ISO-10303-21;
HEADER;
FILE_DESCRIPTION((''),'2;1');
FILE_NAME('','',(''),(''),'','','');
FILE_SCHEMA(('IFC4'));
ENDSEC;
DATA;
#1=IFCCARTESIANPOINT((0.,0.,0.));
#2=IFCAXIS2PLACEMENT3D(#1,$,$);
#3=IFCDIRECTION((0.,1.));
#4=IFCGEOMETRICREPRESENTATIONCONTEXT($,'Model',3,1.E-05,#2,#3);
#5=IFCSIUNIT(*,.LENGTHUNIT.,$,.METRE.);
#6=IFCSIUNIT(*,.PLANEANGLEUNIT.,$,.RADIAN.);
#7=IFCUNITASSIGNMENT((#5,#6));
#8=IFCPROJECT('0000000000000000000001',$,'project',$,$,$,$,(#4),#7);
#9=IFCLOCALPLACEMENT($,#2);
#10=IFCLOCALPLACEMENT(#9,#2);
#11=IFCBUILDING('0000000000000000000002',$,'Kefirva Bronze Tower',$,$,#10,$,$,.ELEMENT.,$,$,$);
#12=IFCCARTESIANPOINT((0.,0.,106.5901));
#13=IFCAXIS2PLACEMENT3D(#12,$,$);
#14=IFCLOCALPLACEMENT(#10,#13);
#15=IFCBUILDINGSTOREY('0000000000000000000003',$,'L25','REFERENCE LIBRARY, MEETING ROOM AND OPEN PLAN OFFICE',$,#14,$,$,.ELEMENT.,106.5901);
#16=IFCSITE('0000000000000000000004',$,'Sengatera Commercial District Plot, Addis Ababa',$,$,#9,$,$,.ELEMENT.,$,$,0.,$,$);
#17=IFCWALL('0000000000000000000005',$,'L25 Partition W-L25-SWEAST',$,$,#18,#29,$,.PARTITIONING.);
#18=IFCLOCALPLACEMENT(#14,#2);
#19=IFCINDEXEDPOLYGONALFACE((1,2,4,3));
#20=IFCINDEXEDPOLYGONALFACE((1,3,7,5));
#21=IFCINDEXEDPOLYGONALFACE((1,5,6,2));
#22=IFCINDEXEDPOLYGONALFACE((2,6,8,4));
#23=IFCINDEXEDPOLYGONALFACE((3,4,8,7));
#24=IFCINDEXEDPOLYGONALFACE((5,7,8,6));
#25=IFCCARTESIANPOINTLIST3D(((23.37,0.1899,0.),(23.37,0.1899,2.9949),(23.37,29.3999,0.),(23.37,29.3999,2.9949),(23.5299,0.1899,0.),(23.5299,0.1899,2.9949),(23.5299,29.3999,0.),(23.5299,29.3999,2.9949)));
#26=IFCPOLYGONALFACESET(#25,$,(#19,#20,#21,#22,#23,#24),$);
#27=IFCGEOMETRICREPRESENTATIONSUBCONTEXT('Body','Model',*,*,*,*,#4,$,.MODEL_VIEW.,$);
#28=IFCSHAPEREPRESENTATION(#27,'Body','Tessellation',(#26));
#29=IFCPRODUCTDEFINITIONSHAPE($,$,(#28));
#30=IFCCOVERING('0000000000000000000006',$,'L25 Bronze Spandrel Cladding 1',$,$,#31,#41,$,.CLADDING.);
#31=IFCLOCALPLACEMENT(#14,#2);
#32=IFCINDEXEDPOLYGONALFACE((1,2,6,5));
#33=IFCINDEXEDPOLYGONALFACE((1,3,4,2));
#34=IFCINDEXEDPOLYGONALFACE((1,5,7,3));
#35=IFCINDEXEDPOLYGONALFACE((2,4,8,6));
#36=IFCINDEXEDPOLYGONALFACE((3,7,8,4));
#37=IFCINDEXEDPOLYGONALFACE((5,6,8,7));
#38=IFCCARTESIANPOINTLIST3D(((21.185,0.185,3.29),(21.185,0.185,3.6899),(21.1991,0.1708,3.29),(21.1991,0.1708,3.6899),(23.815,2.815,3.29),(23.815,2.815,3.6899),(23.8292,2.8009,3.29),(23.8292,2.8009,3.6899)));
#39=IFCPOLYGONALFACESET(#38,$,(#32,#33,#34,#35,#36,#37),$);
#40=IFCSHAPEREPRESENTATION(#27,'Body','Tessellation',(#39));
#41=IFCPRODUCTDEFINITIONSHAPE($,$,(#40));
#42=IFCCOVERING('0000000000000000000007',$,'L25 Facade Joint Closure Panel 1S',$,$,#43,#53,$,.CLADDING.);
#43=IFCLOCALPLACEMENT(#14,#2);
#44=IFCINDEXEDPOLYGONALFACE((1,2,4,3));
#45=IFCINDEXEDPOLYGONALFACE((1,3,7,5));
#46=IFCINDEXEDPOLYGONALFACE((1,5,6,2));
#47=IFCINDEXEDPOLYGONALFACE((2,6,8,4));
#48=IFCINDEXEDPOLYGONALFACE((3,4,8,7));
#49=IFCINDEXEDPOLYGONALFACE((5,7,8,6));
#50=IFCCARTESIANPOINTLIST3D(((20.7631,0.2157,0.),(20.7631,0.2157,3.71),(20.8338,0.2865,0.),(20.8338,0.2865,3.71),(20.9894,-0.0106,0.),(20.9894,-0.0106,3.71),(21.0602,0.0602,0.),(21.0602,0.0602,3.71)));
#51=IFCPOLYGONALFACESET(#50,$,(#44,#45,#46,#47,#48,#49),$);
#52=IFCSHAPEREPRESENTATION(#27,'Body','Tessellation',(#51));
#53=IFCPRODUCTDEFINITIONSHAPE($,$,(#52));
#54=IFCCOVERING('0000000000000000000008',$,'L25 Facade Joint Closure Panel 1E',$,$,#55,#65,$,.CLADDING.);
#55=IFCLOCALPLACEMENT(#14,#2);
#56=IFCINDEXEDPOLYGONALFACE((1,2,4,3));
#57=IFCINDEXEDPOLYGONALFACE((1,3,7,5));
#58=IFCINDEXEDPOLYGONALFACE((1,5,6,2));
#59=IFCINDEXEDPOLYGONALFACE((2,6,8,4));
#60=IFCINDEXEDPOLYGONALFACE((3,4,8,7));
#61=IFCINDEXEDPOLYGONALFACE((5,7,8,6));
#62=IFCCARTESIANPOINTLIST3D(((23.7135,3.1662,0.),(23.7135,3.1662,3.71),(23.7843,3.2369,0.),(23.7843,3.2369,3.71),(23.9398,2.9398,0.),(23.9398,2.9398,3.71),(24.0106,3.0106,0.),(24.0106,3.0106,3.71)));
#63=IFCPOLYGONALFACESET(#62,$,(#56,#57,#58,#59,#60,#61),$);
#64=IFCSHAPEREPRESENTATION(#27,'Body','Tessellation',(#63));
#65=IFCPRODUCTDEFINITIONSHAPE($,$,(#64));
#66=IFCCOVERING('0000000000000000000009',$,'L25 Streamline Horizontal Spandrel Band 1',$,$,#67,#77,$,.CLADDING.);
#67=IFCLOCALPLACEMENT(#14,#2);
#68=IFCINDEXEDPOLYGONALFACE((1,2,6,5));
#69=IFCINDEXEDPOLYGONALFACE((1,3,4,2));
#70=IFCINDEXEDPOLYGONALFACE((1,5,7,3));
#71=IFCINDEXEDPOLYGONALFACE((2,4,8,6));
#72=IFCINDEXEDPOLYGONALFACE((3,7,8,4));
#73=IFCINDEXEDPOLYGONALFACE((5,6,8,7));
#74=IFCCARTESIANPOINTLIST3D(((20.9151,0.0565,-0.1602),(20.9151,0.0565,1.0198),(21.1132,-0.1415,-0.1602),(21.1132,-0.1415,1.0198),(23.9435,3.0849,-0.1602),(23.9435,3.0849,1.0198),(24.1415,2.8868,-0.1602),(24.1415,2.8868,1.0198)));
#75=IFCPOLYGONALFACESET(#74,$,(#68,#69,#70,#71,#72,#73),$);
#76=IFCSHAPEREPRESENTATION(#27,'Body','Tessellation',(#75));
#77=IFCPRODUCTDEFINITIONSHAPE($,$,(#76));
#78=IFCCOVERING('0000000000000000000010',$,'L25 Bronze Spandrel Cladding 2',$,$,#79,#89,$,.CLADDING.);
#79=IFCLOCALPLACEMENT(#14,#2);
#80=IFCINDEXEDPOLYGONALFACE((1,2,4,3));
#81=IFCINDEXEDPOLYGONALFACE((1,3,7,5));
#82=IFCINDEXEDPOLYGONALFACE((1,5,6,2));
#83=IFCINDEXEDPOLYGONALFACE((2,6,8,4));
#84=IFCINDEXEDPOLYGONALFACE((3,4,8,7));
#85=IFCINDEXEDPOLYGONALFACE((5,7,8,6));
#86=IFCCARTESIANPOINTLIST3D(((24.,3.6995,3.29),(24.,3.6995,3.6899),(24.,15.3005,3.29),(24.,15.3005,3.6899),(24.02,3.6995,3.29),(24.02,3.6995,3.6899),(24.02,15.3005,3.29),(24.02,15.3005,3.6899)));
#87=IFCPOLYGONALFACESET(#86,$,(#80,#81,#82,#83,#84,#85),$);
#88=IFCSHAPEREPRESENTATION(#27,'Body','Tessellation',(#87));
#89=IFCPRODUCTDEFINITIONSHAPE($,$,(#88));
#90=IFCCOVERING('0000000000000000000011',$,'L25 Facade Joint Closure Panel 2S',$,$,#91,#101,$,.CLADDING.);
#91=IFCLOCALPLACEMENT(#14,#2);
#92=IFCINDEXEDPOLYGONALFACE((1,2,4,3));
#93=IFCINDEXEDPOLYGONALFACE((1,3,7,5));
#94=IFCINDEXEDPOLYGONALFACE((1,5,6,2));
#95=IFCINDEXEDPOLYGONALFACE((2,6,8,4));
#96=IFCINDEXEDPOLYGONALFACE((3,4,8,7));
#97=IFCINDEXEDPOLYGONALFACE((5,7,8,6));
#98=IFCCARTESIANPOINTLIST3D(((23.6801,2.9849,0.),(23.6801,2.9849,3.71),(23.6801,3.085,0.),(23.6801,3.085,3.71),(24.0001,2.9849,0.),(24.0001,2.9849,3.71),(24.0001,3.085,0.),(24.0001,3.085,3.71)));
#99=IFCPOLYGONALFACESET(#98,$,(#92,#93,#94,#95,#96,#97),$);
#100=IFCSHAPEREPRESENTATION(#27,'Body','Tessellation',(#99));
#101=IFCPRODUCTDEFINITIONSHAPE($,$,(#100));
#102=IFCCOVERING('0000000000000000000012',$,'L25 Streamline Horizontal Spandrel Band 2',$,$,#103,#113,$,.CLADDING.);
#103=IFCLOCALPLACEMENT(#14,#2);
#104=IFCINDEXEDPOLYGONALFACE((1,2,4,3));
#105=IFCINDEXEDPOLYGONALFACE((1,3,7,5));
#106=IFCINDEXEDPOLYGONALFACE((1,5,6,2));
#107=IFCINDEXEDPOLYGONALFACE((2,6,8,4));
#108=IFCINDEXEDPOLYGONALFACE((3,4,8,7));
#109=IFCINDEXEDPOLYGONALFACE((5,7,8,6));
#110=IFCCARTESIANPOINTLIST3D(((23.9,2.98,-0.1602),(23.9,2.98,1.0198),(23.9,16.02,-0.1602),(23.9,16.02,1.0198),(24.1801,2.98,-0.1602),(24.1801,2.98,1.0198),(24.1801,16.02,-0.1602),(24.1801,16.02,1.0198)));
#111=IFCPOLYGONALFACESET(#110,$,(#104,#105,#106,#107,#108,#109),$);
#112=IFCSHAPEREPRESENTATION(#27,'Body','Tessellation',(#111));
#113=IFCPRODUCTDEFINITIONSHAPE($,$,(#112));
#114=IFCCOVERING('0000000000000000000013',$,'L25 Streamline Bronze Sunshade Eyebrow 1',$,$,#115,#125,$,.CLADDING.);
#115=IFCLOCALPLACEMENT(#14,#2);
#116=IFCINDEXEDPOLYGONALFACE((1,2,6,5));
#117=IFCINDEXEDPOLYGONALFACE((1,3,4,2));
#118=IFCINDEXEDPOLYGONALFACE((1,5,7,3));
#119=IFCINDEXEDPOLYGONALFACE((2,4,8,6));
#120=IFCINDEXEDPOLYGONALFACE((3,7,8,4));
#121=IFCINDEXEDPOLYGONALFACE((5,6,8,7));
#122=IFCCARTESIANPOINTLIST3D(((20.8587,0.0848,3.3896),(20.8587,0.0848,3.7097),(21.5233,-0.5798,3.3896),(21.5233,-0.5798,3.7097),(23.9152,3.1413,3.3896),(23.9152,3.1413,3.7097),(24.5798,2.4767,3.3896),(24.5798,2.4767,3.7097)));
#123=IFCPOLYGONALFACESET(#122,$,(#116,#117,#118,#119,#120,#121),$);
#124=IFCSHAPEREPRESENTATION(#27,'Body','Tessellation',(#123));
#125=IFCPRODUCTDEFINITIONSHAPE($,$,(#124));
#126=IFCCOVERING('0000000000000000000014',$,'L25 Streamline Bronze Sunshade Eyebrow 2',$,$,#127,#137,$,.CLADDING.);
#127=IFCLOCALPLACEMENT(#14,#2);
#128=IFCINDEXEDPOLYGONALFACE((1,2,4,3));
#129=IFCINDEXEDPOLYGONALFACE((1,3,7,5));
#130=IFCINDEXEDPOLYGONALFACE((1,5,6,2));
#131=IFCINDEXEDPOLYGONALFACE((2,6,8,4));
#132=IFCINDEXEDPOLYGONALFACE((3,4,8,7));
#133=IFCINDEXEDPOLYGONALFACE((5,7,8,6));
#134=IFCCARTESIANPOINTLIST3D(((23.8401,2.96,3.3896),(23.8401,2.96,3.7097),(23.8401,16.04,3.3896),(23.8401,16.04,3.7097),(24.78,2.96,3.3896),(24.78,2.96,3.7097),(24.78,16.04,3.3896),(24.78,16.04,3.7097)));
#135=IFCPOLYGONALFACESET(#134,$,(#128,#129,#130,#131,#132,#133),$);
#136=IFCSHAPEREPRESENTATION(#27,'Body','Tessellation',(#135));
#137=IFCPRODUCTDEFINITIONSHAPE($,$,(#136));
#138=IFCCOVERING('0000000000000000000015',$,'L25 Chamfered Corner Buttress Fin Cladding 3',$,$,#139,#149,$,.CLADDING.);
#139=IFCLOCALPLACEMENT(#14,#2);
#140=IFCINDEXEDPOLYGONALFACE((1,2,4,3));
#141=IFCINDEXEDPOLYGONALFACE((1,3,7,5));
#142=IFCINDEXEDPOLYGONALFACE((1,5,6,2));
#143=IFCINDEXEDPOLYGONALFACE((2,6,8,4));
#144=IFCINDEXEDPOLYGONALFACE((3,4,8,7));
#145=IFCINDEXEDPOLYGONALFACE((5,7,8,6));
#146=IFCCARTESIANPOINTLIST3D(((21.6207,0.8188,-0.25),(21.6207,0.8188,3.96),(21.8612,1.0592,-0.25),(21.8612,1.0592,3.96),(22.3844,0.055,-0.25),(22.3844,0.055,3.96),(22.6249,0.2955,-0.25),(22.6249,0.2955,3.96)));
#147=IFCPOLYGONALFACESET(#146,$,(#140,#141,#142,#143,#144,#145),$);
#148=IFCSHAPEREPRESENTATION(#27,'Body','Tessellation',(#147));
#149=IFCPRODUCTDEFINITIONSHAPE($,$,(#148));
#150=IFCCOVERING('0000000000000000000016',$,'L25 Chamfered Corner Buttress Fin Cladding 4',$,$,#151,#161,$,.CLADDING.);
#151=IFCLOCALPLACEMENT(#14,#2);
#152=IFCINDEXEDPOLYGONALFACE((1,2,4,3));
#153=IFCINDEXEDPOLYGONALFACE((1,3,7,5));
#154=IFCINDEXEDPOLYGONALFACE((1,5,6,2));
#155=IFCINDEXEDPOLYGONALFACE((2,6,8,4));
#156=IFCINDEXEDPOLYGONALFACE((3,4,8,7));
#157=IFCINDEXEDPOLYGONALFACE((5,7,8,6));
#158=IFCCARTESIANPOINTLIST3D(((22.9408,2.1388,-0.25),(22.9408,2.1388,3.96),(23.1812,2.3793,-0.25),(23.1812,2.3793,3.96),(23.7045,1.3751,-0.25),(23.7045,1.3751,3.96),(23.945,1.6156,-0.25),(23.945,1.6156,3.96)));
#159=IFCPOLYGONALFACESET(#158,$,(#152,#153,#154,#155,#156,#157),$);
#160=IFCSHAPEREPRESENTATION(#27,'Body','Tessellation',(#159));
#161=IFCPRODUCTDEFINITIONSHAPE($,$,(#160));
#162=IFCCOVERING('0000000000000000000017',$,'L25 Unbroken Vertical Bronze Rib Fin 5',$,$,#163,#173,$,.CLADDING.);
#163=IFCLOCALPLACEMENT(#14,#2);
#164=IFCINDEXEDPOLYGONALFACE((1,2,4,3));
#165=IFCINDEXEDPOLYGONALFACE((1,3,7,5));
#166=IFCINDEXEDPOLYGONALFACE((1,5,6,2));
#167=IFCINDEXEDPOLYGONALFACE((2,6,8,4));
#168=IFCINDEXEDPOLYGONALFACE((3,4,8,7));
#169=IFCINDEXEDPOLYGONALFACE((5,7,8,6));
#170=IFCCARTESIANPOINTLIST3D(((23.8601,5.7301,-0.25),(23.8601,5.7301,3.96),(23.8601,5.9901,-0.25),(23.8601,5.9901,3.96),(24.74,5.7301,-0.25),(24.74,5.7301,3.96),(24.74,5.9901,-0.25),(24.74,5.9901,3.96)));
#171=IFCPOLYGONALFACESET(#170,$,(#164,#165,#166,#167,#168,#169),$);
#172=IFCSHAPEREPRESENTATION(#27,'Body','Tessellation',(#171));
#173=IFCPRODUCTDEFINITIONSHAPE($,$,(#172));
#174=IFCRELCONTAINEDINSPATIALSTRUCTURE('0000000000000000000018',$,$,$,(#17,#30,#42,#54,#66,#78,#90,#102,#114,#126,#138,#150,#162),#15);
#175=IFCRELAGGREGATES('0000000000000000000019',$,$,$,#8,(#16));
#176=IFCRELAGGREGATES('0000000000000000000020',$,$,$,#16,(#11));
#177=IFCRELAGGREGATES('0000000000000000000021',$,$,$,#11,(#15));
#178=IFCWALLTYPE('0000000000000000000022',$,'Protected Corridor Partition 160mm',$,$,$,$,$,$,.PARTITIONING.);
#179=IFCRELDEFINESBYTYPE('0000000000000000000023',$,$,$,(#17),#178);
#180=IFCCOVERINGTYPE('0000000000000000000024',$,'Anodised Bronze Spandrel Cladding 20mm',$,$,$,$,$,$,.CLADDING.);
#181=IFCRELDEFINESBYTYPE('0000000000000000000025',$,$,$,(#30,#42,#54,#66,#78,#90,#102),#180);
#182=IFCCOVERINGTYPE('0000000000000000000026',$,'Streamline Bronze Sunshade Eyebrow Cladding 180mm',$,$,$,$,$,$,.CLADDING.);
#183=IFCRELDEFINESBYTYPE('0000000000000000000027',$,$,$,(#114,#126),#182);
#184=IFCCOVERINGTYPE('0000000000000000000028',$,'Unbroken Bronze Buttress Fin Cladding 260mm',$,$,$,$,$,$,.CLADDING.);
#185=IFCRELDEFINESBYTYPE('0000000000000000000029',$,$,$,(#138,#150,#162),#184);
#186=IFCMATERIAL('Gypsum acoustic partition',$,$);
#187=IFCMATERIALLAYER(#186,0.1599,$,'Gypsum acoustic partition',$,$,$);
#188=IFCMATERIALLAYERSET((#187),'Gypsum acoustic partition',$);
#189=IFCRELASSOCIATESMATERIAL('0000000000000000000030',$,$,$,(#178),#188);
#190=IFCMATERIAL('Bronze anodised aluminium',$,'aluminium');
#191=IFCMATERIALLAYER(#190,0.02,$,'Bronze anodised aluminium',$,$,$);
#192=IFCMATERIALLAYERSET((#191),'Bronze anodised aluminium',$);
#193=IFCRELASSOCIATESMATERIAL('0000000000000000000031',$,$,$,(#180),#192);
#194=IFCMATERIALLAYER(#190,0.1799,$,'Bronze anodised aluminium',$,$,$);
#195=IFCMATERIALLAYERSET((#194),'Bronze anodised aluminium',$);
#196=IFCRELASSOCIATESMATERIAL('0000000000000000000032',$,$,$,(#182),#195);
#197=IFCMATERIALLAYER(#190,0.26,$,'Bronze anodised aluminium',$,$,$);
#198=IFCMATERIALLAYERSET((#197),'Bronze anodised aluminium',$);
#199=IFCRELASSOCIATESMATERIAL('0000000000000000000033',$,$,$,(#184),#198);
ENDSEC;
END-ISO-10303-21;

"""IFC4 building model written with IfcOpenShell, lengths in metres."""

from ifc_helpers import new_model, si_unit, direction, frame, frame_2d, origin, origin_2d, place, context, subcontext, project, spatial, rectangle, extrude, material, layer, layer_set, type_object, element, save


model = new_model("IFC4")

# Units and contexts
model_context = context("Model", 3, precision=1e-05, world=origin(), true_north=direction((0.0, 1.0)))
body_context = subcontext(model_context, "Body", "Model", "MODEL_VIEW")
ifc_project = project(units=[si_unit("LENGTHUNIT", "METRE"), si_unit("PLANEANGLEUNIT", "RADIAN")], contexts=[model_context])

# Site, building, storey
site_placement = place(None, origin())
site = spatial("IfcSite", under=ifc_project, at=site_placement, Name="Sengatera Commercial District Plot, Addis Ababa", CompositionType="ELEMENT", RefElevation=0.0)
building_placement = place(site_placement, origin())
building = spatial("IfcBuilding", under=site, at=building_placement, Name="Kefirva Bronze Tower", CompositionType="ELEMENT")
storey_placement = place(building_placement, frame((0.0, 0.0, 106.5901)))
storey = spatial("IfcBuildingStorey", under=building, at=storey_placement, Name="L25", Description="REFERENCE LIBRARY, MEETING ROOM AND OPEN PLAN OFFICE", CompositionType="ELEMENT", Elevation=106.5901)

# Shared definitions
ifc_material_1 = material(Name="Bronze anodised aluminium", Category="aluminium")

# Wall
ifc_material_2 = material(Name="Gypsum acoustic partition")
ifc_layer_1 = layer(ifc_material_2, 0.1599, Name="Gypsum acoustic partition")
ifc_layer_set_1 = layer_set([ifc_layer_1], Name="Gypsum acoustic partition")
wall_type_1 = type_object("IfcWallType", Name="Protected Corridor Partition 160mm", PredefinedType="PARTITIONING", material=ifc_layer_set_1)
wall_1_placement = place(storey_placement, frame((23.45, 0.1899, 0.0), z_axis=(0.0, 0.0, 1.0), x_axis=(0.0, 1.0, 0.0)))
element("IfcWall", 1, at=wall_1_placement, inside=storey, type_object=wall_type_1, Name="L25 Partition W-L25-SWEAST", PredefinedType="PARTITIONING", context=body_context, shape_type="SweptSolid", body=[
    extrude(rectangle(XDim=29.21, YDim=0.1599, at=frame_2d((14.605, 0.0))), origin(), (0.0, 0.0, 1.0), 2.9949),
])

# Coverings
ifc_layer_2 = layer(ifc_material_1, 0.02, Name="Bronze anodised aluminium")
ifc_layer_set_2 = layer_set([ifc_layer_2], Name="Bronze anodised aluminium")
covering_type_1 = type_object("IfcCoveringType", Name="Anodised Bronze Spandrel Cladding 20mm", PredefinedType="CLADDING", material=ifc_layer_set_2)
covering_1_placement = place(storey_placement, frame((22.5071, 1.4929, 3.29), z_axis=(0.0, 0.0, 1.0), x_axis=(0.707107, 0.707107, 0.0)))
element("IfcCovering", 2, at=covering_1_placement, inside=storey, type_object=covering_type_1, Name="L25 Bronze Spandrel Cladding 1", PredefinedType="CLADDING", context=body_context, shape_type="SweptSolid", body=[
    extrude(rectangle(XDim=3.7195, YDim=0.02, at=origin_2d()), origin(), (0.0, 0.0, 1.0), 0.3999),
])
for number, where, z_axis, x_axis, name in (
    (3, (20.9116, 0.1379, 0.0), (0.0, 0.0, 1.0), (0.707107, 0.707107, 0.0), "L25 Facade Joint Closure Panel 1S"),
    (4, (23.8621, 3.0884, 0.0), (0.0, 0.0, 1.0), (0.707107, 0.707107, 0.0), "L25 Facade Joint Closure Panel 1E"),
):
    element("IfcCovering", number, at=place(storey_placement, frame(where, z_axis=z_axis, x_axis=x_axis)), inside=storey, type_object=covering_type_1, Name=name, PredefinedType="CLADDING", context=body_context, shape_type="SweptSolid", body=[
        extrude(rectangle(XDim=0.1001, YDim=0.3201, at=origin_2d()), origin(), (0.0, 0.0, 1.0), 3.71),
    ])
covering_2_placement = place(storey_placement, frame((22.5283, 1.4717, -0.1602), z_axis=(0.0, 0.0, 1.0), x_axis=(0.707107, 0.707107, 0.0)))
element("IfcCovering", 5, at=covering_2_placement, inside=storey, type_object=covering_type_1, Name="L25 Streamline Horizontal Spandrel Band 1", PredefinedType="CLADDING", context=body_context, shape_type="SweptSolid", body=[
    extrude(rectangle(XDim=4.2827, YDim=0.28, at=origin_2d()), origin(), (0.0, 0.0, 1.0), 1.1799),
])
covering_3_placement = place(storey_placement, frame((24.01, 9.5, 3.29), z_axis=(0.0, 0.0, 1.0), x_axis=(0.0, 1.0, 0.0)))
element("IfcCovering", 6, at=covering_3_placement, inside=storey, type_object=covering_type_1, Name="L25 Bronze Spandrel Cladding 2", PredefinedType="CLADDING", context=body_context, shape_type="SweptSolid", body=[
    extrude(rectangle(XDim=11.6011, YDim=0.02, at=origin_2d()), origin(), (0.0, 0.0, 1.0), 0.3999),
])
covering_4_placement = place(storey_placement, frame((23.8401, 3.0349, 0.0), z_axis=(0.0, 0.0, 1.0), x_axis=(0.0, 1.0, 0.0)))
element("IfcCovering", 7, at=covering_4_placement, inside=storey, type_object=covering_type_1, Name="L25 Facade Joint Closure Panel 2S", PredefinedType="CLADDING", context=body_context, shape_type="SweptSolid", body=[
    extrude(rectangle(XDim=0.1001, YDim=0.3201, at=origin_2d()), origin(), (0.0, 0.0, 1.0), 3.71),
])
covering_5_placement = place(storey_placement, frame((24.04, 9.5, -0.1602), z_axis=(0.0, 0.0, 1.0), x_axis=(0.0, 1.0, 0.0)))
element("IfcCovering", 8, at=covering_5_placement, inside=storey, type_object=covering_type_1, Name="L25 Streamline Horizontal Spandrel Band 2", PredefinedType="CLADDING", context=body_context, shape_type="SweptSolid", body=[
    extrude(rectangle(XDim=13.04, YDim=0.28, at=origin_2d()), origin(), (0.0, 0.0, 1.0), 1.1799),
])
ifc_layer_3 = layer(ifc_material_1, 0.1799, Name="Bronze anodised aluminium")
ifc_layer_set_3 = layer_set([ifc_layer_3], Name="Bronze anodised aluminium")
covering_type_2 = type_object("IfcCoveringType", Name="Streamline Bronze Sunshade Eyebrow Cladding 180mm", PredefinedType="CLADDING", material=ifc_layer_set_3)
covering_6_placement = place(storey_placement, frame((22.7192, 1.2808, 3.3896), z_axis=(0.0, 0.0, 1.0), x_axis=(0.707107, 0.707107, 0.0)))
element("IfcCovering", 9, at=covering_6_placement, inside=storey, type_object=covering_type_2, Name="L25 Streamline Bronze Sunshade Eyebrow 1", PredefinedType="CLADDING", context=body_context, shape_type="SweptSolid", body=[
    extrude(rectangle(XDim=4.3225, YDim=0.9399, at=origin_2d()), origin(), (0.0, 0.0, 1.0), 0.3201),
])
covering_7_placement = place(storey_placement, frame((24.3101, 9.5, 3.3896), z_axis=(0.0, 0.0, 1.0), x_axis=(0.0, 1.0, 0.0)))
element("IfcCovering", 10, at=covering_7_placement, inside=storey, type_object=covering_type_2, Name="L25 Streamline Bronze Sunshade Eyebrow 2", PredefinedType="CLADDING", context=body_context, shape_type="SweptSolid", body=[
    extrude(rectangle(XDim=13.0801, YDim=0.9399, at=origin_2d()), origin(), (0.0, 0.0, 1.0), 0.3201),
])
ifc_layer_4 = layer(ifc_material_1, 0.26, Name="Bronze anodised aluminium")
ifc_layer_set_4 = layer_set([ifc_layer_4], Name="Bronze anodised aluminium")
covering_type_3 = type_object("IfcCoveringType", Name="Unbroken Bronze Buttress Fin Cladding 260mm", PredefinedType="CLADDING", material=ifc_layer_set_4)
for number, where, z_axis, x_axis, name in (
    (11, (22.1228, 0.5571, -0.25), (0.0, 0.0, 1.0), (0.707107, 0.707107, 0.0), "L25 Chamfered Corner Buttress Fin Cladding 3"),
    (12, (23.4429, 1.8772, -0.25), (0.0, 0.0, 1.0), (0.707107, 0.707107, 0.0), "L25 Chamfered Corner Buttress Fin Cladding 4"),
):
    element("IfcCovering", number, at=place(storey_placement, frame(where, z_axis=z_axis, x_axis=x_axis)), inside=storey, type_object=covering_type_3, Name=name, PredefinedType="CLADDING", context=body_context, shape_type="SweptSolid", body=[
        extrude(rectangle(XDim=0.3401, YDim=1.0801, at=origin_2d()), origin(), (0.0, 0.0, 1.0), 4.21),
    ])
covering_8_placement = place(storey_placement, frame((24.3, 5.8601, -0.25), z_axis=(0.0, 0.0, 1.0), x_axis=(0.0, 1.0, 0.0)))
element("IfcCovering", 13, at=covering_8_placement, inside=storey, type_object=covering_type_3, Name="L25 Unbroken Vertical Bronze Rib Fin 5", PredefinedType="CLADDING", context=body_context, shape_type="SweptSolid", body=[
    extrude(rectangle(XDim=0.26, YDim=0.8799, at=origin_2d()), origin(), (0.0, 0.0, 1.0), 4.21),
])

save(model, "model.ifc")
